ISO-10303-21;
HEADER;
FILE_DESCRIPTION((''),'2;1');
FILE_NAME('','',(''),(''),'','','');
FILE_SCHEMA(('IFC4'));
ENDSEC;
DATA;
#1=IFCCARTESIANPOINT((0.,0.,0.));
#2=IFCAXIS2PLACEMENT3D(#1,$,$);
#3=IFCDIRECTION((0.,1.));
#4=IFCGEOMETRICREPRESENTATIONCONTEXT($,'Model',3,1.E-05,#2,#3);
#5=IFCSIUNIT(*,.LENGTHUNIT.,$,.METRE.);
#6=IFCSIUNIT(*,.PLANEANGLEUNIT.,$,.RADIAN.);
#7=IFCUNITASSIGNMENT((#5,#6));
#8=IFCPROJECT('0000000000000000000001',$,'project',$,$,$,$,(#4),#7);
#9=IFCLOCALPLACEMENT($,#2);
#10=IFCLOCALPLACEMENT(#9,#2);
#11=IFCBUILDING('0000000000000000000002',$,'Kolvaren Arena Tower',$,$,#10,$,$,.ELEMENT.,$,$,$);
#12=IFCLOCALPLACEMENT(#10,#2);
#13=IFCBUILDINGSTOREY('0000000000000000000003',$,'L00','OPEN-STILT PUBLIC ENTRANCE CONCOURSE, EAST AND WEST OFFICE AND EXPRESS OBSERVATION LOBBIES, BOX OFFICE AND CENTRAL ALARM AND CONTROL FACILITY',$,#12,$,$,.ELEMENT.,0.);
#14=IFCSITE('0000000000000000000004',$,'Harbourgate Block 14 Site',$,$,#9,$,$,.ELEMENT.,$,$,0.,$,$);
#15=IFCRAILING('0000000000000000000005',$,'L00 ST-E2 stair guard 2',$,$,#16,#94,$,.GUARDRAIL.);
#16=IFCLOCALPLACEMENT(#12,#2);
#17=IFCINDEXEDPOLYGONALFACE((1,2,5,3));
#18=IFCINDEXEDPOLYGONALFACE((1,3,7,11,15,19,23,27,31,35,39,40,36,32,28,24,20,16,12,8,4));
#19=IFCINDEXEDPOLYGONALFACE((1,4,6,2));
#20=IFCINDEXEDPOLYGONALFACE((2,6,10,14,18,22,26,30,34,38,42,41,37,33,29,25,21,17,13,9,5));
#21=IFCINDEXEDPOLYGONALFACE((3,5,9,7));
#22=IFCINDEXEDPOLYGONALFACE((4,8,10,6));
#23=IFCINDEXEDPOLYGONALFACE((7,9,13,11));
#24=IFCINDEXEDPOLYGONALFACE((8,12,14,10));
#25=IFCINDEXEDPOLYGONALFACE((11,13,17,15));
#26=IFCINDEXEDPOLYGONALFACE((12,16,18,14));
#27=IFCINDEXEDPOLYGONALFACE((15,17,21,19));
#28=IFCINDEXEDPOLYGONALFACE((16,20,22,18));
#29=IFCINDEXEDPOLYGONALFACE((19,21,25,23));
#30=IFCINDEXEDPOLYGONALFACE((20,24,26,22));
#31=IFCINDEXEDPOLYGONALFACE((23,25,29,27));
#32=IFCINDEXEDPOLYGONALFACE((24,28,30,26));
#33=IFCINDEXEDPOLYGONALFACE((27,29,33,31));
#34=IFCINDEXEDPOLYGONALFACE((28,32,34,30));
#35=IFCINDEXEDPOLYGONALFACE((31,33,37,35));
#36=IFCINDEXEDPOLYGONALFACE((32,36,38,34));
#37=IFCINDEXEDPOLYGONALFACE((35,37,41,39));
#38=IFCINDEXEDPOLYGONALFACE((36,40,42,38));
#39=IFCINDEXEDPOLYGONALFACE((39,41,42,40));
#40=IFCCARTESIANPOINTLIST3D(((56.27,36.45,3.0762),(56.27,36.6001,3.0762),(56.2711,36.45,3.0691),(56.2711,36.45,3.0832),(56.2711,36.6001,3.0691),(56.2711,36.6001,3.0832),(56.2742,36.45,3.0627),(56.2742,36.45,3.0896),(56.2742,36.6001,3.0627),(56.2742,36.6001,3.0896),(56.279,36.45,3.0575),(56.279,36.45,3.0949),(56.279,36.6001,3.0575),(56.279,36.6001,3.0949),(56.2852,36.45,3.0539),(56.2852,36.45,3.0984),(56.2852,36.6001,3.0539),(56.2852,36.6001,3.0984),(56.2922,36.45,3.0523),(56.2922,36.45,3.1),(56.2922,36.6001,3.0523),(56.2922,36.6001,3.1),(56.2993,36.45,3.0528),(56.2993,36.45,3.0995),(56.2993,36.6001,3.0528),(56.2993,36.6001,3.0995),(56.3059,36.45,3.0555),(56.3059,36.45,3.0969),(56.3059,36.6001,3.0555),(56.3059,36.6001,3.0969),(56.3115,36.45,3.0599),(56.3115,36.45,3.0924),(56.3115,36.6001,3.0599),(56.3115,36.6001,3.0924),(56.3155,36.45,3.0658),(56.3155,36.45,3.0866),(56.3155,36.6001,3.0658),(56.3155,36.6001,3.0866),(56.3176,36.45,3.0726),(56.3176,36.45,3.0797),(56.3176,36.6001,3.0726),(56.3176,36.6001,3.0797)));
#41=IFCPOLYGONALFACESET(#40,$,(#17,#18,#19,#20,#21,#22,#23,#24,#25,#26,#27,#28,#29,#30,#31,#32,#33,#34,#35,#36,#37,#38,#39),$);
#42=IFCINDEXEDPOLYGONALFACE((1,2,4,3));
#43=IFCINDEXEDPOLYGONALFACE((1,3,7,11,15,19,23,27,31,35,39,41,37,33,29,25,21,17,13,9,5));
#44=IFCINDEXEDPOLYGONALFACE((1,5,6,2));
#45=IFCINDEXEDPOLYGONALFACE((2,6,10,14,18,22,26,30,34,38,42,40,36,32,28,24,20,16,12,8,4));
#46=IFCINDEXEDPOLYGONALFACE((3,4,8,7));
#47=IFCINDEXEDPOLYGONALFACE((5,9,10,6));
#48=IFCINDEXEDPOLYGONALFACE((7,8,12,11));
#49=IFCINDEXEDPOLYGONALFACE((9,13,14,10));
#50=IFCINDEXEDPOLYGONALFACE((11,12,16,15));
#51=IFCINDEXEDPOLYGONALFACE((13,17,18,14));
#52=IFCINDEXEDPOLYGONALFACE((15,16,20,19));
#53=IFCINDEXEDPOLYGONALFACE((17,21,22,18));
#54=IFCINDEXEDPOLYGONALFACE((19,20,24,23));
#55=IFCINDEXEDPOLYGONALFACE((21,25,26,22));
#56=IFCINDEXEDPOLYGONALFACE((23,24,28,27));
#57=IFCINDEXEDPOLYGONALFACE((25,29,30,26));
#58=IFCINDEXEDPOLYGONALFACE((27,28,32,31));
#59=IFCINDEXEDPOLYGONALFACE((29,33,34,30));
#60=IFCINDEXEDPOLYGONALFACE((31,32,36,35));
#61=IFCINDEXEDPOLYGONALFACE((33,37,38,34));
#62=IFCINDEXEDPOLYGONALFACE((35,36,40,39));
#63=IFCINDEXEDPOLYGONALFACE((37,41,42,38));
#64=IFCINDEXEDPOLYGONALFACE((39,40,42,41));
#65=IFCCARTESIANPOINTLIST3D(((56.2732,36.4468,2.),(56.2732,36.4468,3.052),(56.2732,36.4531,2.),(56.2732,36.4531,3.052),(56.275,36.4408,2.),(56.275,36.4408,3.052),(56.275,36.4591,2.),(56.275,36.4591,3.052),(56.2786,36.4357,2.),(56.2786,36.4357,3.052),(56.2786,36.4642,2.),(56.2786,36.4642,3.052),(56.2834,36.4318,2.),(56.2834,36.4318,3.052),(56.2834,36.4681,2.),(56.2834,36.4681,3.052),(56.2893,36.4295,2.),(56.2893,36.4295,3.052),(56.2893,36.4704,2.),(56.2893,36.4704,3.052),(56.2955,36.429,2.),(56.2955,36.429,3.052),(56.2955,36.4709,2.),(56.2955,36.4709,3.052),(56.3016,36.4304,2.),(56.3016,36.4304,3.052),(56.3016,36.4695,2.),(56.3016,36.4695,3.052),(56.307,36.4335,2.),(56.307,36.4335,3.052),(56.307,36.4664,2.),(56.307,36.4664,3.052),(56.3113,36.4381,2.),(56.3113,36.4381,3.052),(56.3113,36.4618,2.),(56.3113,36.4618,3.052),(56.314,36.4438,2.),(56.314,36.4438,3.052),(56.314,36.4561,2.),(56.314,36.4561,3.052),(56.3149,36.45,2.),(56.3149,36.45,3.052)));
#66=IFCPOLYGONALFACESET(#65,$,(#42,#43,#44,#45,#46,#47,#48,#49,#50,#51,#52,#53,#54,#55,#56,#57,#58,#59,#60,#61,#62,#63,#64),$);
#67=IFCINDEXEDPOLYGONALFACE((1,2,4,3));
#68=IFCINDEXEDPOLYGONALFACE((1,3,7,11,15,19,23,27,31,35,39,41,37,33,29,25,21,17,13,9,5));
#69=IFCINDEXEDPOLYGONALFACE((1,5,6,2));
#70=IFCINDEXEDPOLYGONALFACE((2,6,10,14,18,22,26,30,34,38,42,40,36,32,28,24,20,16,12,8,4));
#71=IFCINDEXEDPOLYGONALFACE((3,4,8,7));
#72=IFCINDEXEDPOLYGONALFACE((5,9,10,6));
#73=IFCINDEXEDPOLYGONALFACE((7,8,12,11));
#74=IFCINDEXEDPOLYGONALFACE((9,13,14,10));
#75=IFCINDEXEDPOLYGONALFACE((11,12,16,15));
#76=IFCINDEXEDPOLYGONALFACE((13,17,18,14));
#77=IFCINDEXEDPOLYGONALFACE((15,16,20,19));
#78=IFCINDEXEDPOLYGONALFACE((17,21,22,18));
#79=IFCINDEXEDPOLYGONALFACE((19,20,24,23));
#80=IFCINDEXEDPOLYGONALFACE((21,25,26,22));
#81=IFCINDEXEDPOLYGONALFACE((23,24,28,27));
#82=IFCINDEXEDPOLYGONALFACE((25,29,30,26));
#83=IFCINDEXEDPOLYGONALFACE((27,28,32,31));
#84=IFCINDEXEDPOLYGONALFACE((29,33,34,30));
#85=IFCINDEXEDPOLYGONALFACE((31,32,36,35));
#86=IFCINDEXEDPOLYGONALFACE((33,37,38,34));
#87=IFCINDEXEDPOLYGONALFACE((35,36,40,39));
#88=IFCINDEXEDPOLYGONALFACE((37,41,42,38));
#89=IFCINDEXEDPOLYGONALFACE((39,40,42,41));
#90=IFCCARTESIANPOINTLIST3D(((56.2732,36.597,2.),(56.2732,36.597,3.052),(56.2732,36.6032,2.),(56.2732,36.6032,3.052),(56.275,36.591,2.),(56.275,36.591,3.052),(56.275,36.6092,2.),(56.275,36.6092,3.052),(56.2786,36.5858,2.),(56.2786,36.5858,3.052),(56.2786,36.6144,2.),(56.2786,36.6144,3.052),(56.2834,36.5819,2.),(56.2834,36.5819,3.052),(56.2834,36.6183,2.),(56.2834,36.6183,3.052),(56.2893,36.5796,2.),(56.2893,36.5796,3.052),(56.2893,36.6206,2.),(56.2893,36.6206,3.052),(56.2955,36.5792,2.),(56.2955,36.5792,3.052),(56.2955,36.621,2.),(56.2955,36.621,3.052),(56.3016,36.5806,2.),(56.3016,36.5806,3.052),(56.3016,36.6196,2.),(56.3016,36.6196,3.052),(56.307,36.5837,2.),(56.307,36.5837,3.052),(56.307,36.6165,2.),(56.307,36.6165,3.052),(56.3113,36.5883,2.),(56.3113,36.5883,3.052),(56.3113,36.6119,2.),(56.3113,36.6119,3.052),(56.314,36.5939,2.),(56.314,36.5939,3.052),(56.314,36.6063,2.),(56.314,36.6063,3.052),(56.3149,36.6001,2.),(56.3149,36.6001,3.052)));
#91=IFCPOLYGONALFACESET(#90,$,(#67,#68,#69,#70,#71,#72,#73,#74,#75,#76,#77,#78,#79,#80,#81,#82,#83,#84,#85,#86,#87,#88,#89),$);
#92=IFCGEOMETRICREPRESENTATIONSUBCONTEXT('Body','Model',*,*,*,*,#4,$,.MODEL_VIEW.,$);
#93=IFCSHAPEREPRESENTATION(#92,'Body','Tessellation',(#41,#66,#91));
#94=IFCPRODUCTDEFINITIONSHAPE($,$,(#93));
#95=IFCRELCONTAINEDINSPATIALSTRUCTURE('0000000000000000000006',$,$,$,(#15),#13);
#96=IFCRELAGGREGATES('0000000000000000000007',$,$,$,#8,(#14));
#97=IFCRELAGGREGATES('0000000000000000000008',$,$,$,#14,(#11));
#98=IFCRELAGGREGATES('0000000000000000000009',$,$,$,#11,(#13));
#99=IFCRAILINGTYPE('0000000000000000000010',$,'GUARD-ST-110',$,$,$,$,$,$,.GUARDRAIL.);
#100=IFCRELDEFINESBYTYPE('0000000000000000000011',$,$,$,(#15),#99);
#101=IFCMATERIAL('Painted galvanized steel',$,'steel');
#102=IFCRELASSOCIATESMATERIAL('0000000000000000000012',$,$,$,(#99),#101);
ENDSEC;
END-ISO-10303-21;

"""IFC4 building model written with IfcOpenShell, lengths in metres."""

from ifc_helpers import new_model, si_unit, direction, frame, origin, origin_2d, place, context, subcontext, project, spatial, circle, extrude, material, type_object, element, save


model = new_model("IFC4")

# Units and contexts
model_context = context("Model", 3, precision=1e-05, world=origin(), true_north=direction((0.0, 1.0)))
body_context = subcontext(model_context, "Body", "Model", "MODEL_VIEW")
ifc_project = project(units=[si_unit("LENGTHUNIT", "METRE"), si_unit("PLANEANGLEUNIT", "RADIAN")], contexts=[model_context])

# Site, building, storey
site_placement = place(None, origin())
site = spatial("IfcSite", under=ifc_project, at=site_placement, Name="Harbourgate Block 14 Site", CompositionType="ELEMENT", RefElevation=0.0)
building_placement = place(site_placement, origin())
building = spatial("IfcBuilding", under=site, at=building_placement, Name="Kolvaren Arena Tower", CompositionType="ELEMENT")
storey_placement = place(building_placement, origin())
storey = spatial("IfcBuildingStorey", under=building, at=storey_placement, Name="L00", Description="OPEN-STILT PUBLIC ENTRANCE CONCOURSE, EAST AND WEST OFFICE AND EXPRESS OBSERVATION LOBBIES, BOX OFFICE AND CENTRAL ALARM AND CONTROL FACILITY", CompositionType="ELEMENT", Elevation=0.0)

# Railing
ifc_material_1 = material(Name="Painted galvanized steel", Category="steel")
railing_type_1 = type_object("IfcRailingType", Name="GUARD-ST-110", PredefinedType="GUARDRAIL", material=ifc_material_1)
railing_1_placement = place(storey_placement, frame((56.2939, 36.45, 2.0)))
element("IfcRailing", 1, at=railing_1_placement, inside=storey, type_object=railing_type_1, Name="L00 ST-E2 stair guard 2", PredefinedType="GUARDRAIL", context=body_context, shape_type="SweptSolid", body=[
    extrude(circle(Radius=0.0239, at=origin_2d()), frame((0.0, 0.0, 1.0762), z_axis=(0.0, 1.0, 0.0), x_axis=(-1.0, 0.0, 0.0)), (0.0, 0.0, 1.0), 0.1501),
    extrude(circle(Radius=0.021, at=origin_2d()), origin(), (0.0, 0.0, 1.0), 1.052),
    extrude(circle(Radius=0.021, at=origin_2d()), frame((0.0, 0.1501, 0.0)), (0.0, 0.0, 1.0), 1.052),
])

save(model, "model.ifc")
